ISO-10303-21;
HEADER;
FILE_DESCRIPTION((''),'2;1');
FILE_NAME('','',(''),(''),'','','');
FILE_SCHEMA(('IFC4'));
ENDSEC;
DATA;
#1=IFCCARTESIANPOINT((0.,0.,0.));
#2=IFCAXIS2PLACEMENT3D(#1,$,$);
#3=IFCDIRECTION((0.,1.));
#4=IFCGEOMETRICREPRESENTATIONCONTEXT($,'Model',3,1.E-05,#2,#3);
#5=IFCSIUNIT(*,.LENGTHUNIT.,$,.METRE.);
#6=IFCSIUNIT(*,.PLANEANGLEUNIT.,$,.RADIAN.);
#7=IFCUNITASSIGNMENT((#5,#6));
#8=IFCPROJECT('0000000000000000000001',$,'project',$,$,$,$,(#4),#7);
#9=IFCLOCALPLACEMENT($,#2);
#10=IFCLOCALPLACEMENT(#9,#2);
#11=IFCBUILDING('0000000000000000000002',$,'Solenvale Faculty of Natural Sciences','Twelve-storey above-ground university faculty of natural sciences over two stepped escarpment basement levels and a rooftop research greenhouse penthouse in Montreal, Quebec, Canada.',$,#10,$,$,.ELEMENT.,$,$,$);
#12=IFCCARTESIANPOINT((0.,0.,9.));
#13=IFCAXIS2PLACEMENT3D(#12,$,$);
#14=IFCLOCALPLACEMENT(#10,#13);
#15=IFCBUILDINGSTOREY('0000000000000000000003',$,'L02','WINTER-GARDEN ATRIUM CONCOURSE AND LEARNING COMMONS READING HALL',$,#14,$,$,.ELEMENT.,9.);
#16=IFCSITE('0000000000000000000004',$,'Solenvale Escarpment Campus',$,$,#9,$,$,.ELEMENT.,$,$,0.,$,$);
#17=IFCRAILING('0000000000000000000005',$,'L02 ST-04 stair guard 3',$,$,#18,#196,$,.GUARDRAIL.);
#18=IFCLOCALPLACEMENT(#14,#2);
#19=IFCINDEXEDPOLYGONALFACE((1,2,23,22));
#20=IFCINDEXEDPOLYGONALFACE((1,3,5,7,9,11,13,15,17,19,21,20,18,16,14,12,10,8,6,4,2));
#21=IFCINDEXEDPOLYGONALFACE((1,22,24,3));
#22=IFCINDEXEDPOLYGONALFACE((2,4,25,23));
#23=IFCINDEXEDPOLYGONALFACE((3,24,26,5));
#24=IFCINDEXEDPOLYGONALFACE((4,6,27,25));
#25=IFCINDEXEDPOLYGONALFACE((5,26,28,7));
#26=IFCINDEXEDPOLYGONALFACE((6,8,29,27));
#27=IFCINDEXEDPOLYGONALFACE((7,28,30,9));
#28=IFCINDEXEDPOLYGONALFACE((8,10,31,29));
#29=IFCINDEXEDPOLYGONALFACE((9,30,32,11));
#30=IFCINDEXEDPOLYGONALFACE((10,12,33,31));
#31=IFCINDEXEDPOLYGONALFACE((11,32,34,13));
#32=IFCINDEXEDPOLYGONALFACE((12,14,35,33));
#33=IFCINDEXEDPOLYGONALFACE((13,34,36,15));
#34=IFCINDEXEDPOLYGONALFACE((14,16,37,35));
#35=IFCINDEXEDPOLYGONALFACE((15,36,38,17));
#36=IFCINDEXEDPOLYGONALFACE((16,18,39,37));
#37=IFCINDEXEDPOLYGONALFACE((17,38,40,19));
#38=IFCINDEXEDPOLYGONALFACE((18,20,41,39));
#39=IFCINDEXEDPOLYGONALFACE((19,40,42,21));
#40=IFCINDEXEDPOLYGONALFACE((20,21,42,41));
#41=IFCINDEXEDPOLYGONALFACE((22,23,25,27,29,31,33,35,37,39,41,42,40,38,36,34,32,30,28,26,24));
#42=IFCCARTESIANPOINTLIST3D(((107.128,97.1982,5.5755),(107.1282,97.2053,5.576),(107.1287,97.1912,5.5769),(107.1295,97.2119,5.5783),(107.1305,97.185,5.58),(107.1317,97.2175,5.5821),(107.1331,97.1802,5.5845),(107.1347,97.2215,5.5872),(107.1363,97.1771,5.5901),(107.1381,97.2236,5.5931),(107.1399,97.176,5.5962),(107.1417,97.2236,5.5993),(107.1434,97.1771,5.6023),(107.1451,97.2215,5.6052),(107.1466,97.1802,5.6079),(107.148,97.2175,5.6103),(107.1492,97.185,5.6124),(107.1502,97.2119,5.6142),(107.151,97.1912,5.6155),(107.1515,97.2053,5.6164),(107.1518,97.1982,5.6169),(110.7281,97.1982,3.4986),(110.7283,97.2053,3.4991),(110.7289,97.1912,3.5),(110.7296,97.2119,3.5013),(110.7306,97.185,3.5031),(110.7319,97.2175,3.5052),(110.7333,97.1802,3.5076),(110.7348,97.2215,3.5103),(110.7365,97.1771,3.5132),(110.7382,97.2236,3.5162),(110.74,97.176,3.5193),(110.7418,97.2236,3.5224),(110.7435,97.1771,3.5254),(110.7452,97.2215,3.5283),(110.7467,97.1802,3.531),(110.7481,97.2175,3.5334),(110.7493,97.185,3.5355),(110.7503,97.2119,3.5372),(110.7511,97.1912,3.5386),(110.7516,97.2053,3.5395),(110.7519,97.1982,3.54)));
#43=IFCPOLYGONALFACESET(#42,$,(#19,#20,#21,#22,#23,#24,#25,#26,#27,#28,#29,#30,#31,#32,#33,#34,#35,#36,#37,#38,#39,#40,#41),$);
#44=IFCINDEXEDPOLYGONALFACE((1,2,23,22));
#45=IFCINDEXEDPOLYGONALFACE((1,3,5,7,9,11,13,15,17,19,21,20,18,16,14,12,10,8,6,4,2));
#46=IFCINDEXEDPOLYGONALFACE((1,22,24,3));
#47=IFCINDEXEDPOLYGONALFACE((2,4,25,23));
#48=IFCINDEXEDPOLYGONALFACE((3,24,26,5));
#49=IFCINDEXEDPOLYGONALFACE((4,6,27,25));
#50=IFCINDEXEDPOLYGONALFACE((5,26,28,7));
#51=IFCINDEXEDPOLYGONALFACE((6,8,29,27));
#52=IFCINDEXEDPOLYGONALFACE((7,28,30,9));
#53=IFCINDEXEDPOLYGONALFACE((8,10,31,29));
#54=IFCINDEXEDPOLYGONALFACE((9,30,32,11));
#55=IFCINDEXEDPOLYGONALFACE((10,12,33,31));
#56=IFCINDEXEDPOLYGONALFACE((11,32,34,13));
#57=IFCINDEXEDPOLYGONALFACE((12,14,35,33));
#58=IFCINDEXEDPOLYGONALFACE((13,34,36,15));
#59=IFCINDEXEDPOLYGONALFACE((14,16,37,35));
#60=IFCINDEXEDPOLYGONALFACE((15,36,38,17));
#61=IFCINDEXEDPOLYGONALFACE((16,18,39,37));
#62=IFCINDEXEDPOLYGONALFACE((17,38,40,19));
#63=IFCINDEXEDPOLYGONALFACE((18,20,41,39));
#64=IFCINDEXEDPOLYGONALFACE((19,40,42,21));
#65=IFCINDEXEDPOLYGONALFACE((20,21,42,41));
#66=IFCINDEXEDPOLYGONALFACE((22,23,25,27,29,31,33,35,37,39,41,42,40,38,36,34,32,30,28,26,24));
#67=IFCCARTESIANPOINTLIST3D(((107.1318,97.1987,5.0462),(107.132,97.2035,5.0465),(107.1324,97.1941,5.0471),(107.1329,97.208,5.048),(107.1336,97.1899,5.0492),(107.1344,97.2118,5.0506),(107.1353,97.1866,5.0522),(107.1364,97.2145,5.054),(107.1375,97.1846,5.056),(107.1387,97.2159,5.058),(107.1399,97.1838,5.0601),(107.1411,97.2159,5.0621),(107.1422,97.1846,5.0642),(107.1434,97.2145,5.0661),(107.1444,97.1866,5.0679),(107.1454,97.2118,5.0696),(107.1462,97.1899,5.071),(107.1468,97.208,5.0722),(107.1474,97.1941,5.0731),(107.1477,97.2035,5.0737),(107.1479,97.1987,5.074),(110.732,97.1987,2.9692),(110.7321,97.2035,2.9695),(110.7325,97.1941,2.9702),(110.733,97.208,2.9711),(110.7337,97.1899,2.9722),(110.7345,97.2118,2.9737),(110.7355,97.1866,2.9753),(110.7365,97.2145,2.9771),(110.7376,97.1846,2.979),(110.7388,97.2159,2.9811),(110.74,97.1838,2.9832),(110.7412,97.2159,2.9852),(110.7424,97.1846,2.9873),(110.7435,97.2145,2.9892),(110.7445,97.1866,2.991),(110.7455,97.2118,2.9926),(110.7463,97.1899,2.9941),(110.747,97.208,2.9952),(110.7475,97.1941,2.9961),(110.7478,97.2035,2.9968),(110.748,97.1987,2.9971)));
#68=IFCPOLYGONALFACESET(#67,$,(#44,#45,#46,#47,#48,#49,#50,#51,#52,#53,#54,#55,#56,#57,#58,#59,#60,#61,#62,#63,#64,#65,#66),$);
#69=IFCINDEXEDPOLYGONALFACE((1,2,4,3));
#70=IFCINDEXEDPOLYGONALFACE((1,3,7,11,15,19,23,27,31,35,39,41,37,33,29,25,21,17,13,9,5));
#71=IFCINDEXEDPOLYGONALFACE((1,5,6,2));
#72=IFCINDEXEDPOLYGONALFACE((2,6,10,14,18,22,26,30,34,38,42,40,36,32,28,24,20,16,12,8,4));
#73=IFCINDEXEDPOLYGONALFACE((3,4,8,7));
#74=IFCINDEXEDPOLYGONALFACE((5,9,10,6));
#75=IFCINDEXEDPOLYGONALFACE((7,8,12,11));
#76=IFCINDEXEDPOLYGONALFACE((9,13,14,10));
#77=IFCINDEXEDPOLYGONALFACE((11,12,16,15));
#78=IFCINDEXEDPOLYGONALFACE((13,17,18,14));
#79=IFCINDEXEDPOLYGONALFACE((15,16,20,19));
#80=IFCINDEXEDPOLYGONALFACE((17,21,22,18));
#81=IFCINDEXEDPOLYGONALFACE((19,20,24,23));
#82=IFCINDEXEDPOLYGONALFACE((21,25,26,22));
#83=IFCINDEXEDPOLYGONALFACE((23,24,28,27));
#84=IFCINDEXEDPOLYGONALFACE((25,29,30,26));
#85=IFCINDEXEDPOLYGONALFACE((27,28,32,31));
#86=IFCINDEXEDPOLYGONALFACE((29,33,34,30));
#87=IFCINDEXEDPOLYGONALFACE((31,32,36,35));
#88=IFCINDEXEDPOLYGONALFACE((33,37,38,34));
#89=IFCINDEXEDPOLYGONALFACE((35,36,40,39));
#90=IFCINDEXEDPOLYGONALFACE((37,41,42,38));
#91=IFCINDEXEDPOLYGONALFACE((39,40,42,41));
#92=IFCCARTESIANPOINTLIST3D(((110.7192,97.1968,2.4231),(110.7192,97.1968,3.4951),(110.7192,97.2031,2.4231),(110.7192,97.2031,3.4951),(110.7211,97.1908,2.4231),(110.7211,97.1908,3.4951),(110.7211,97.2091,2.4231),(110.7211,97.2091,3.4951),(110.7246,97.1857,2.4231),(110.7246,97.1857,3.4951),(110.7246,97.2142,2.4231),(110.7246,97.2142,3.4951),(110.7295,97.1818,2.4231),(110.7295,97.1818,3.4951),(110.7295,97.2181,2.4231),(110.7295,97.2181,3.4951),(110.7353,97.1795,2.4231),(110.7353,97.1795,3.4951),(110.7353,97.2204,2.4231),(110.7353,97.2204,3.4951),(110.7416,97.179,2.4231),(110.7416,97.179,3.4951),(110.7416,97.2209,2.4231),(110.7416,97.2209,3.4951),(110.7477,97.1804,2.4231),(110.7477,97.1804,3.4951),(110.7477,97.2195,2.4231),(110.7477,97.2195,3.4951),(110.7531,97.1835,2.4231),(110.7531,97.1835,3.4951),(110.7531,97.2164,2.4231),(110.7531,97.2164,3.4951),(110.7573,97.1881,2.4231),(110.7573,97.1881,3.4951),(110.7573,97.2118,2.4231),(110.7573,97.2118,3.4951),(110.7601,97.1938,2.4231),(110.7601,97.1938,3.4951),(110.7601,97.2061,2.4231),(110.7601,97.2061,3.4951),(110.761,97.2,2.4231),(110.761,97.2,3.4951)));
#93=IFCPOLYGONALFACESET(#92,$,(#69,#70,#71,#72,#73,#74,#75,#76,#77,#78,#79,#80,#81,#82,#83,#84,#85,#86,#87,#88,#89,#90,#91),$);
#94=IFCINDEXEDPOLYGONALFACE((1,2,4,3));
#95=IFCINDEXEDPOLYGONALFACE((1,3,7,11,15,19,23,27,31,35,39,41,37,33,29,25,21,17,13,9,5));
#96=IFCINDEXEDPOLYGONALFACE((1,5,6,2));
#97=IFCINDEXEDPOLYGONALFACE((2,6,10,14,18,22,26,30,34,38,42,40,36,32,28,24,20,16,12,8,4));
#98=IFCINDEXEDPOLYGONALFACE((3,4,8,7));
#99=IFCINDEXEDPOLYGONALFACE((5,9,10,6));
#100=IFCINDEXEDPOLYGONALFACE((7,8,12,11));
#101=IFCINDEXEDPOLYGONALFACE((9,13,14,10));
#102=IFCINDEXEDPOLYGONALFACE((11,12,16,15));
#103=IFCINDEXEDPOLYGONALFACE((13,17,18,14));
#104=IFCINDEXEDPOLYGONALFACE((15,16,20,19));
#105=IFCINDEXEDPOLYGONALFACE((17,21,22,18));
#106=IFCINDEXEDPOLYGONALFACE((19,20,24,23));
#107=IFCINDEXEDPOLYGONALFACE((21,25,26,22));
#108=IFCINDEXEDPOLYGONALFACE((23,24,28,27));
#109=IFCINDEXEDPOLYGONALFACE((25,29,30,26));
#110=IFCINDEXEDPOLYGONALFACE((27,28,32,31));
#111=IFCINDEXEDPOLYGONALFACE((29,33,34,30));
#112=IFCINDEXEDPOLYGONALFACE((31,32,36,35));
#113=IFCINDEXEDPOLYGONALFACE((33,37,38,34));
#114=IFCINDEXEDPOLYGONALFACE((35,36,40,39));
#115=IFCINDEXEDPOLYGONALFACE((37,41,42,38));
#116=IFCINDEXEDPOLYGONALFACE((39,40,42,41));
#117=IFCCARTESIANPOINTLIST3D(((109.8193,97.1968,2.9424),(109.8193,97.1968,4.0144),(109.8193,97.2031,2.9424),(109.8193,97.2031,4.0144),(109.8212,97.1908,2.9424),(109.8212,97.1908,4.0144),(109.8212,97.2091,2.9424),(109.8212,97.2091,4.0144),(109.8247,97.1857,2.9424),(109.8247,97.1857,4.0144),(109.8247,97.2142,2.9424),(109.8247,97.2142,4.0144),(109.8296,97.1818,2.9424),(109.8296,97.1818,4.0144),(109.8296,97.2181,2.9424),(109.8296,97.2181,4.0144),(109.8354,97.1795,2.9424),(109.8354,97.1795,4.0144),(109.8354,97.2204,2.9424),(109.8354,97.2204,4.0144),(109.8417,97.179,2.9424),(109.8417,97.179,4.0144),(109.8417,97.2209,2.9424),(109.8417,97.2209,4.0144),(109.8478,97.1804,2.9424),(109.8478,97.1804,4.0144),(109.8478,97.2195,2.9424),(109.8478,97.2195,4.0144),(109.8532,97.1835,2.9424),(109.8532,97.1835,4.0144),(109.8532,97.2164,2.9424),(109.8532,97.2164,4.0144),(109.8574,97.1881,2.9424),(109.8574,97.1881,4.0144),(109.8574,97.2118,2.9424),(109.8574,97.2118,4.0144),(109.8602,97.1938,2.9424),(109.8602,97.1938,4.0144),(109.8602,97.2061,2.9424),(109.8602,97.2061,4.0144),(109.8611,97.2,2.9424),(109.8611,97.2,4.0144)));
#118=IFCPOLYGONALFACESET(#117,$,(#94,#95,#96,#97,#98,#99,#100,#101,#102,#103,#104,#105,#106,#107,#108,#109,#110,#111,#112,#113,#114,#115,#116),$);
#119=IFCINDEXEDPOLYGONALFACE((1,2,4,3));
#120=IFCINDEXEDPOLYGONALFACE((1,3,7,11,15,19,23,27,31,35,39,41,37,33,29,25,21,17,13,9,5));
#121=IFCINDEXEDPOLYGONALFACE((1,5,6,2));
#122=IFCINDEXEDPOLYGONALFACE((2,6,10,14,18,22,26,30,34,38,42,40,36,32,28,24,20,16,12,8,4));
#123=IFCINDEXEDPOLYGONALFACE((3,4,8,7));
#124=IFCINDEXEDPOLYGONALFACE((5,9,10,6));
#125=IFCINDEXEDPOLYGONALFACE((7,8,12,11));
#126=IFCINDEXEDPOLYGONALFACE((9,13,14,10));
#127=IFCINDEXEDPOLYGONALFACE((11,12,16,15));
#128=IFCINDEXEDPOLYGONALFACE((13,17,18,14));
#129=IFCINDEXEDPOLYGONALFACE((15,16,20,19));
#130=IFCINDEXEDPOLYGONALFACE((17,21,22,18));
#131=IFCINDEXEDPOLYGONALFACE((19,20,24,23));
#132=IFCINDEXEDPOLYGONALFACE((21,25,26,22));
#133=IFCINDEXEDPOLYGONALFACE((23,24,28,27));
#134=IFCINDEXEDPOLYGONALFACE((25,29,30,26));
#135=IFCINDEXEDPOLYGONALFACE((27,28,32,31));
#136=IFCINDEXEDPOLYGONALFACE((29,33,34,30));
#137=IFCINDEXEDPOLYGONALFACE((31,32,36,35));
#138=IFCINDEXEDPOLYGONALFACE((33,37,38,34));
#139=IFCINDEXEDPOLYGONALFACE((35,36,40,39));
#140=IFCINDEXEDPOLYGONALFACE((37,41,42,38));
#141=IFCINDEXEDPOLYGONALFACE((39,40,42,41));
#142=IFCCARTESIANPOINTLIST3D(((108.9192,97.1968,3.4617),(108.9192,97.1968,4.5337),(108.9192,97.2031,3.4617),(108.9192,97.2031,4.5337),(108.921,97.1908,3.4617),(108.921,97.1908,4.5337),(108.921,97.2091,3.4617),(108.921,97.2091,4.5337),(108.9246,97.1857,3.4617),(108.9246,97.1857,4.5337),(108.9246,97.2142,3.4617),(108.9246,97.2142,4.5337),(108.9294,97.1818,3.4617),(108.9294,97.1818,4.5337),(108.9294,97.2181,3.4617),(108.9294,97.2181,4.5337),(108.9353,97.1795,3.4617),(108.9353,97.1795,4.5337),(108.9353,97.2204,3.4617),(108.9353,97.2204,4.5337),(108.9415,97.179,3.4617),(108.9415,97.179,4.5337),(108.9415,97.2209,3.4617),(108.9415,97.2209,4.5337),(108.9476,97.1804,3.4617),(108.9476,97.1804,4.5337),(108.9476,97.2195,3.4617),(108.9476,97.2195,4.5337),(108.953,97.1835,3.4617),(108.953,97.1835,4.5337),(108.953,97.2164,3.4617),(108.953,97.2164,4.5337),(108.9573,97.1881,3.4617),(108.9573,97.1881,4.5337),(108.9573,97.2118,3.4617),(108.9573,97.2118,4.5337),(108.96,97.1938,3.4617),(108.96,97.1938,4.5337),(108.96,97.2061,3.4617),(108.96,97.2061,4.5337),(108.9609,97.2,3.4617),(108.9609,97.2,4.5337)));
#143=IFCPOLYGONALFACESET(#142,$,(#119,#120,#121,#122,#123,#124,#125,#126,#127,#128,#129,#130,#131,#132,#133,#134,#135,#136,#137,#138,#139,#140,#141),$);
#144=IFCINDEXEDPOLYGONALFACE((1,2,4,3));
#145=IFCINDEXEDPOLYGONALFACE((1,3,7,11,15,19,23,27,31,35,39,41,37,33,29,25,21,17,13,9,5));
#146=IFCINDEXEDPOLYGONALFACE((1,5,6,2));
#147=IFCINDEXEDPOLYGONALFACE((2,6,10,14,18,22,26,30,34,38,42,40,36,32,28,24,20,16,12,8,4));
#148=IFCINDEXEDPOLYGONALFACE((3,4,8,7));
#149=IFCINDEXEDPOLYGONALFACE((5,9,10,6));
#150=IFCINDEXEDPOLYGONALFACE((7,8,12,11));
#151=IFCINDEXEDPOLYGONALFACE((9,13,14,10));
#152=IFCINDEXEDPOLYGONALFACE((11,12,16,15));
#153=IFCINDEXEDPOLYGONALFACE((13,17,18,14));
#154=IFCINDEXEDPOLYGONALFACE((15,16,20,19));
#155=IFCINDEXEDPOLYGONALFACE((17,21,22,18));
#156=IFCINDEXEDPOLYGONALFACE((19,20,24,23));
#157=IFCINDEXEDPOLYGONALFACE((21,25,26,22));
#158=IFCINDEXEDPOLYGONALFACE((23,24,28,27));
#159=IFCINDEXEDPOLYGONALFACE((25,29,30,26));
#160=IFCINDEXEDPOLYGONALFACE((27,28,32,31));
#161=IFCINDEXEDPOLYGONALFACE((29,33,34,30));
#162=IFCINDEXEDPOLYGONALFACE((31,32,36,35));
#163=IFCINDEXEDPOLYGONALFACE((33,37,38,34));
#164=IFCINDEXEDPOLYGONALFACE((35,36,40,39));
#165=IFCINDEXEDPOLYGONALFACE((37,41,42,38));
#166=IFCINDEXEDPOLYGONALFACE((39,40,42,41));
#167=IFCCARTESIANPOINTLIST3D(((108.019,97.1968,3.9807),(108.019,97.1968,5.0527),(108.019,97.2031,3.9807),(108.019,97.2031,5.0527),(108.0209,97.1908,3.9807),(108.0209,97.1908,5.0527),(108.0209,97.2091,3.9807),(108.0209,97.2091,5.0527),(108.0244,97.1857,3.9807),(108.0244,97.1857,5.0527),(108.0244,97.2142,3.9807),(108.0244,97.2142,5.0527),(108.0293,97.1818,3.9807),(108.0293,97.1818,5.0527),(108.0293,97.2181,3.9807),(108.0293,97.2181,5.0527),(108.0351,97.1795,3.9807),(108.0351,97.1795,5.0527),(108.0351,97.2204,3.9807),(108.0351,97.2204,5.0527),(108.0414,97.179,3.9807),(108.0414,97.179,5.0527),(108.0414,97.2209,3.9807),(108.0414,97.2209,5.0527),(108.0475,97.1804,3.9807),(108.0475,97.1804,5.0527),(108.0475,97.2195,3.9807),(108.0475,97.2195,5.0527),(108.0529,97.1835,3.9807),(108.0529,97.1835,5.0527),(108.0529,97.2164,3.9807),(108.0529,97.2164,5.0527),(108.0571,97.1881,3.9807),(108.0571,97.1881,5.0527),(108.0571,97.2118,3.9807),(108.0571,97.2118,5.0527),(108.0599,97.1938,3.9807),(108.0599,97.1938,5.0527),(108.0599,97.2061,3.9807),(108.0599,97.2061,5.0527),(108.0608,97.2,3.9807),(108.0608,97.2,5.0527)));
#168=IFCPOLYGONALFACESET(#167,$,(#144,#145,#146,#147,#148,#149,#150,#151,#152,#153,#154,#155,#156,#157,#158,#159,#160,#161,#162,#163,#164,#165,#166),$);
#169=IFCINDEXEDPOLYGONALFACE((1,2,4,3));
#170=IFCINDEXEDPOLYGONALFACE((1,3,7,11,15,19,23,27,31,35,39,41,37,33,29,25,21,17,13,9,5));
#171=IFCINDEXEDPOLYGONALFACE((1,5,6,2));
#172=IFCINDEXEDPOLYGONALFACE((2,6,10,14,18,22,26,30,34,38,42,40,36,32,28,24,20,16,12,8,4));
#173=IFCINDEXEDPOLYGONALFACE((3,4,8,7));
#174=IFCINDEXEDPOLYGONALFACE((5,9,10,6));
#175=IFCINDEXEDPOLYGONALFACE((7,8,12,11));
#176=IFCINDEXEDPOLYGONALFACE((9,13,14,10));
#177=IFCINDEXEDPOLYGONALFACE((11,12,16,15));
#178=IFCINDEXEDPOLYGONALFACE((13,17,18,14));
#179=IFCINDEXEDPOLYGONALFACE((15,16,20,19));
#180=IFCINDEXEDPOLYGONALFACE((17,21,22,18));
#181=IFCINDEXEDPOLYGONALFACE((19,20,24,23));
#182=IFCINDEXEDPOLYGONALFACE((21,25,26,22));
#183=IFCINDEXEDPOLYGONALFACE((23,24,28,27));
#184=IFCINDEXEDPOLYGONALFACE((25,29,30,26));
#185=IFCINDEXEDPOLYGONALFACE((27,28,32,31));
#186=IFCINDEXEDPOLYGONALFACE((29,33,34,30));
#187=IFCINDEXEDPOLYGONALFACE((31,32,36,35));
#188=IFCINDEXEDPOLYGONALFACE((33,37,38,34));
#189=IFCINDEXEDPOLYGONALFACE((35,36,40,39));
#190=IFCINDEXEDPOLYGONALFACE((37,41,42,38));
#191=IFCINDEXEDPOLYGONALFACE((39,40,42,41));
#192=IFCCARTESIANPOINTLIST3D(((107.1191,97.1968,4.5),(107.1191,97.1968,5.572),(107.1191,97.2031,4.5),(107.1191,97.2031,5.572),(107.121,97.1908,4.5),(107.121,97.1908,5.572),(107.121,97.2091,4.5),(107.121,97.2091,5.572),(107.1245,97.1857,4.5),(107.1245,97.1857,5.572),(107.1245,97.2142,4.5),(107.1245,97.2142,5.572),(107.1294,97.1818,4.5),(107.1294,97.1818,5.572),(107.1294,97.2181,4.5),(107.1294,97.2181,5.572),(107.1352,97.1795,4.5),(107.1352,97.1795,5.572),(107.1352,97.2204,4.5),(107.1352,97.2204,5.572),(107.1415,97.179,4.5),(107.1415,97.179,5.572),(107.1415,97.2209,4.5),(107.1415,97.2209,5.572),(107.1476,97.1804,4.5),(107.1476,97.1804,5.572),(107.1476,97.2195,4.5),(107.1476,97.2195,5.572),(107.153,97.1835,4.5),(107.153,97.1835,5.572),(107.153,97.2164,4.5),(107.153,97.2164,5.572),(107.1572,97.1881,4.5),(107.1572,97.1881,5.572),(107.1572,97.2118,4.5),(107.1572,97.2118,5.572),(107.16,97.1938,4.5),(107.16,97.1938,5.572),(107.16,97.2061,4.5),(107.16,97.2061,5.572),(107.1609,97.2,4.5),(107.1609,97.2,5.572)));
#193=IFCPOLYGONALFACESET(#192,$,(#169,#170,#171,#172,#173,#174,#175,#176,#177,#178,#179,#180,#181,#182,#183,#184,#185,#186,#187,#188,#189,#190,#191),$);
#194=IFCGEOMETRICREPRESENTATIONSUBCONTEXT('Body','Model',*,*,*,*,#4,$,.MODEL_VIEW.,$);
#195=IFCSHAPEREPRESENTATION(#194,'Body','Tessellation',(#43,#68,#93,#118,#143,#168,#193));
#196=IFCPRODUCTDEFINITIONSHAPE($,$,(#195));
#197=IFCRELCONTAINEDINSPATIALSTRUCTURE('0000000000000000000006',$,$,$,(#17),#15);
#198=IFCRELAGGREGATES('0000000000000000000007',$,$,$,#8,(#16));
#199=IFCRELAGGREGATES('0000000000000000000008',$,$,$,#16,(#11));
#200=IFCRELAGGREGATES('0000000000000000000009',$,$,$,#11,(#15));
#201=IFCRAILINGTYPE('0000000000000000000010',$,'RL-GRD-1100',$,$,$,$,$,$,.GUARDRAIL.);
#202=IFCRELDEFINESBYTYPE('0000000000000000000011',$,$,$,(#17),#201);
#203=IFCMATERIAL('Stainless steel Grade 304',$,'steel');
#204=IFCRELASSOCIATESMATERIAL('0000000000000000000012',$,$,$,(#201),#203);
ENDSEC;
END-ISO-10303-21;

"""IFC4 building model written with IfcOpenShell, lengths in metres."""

from ifc_helpers import new_model, si_unit, direction, frame, origin, origin_2d, place, context, subcontext, project, spatial, circle, extrude, material, type_object, element, save


model = new_model("IFC4")

# Units and contexts
model_context = context("Model", 3, precision=1e-05, world=origin(), true_north=direction((0.0, 1.0)))
body_context = subcontext(model_context, "Body", "Model", "MODEL_VIEW")
ifc_project = project(units=[si_unit("LENGTHUNIT", "METRE"), si_unit("PLANEANGLEUNIT", "RADIAN")], contexts=[model_context])

# Site, building, storey
site_placement = place(None, origin())
site = spatial("IfcSite", under=ifc_project, at=site_placement, Name="Solenvale Escarpment Campus", CompositionType="ELEMENT", RefElevation=0.0)
building_placement = place(site_placement, origin())
building = spatial("IfcBuilding", under=site, at=building_placement, Name="Solenvale Faculty of Natural Sciences", Description="Twelve-storey above-ground university faculty of natural sciences over two stepped escarpment basement levels and a rooftop research greenhouse penthouse in Montreal, Quebec, Canada.", CompositionType="ELEMENT")
storey_placement = place(building_placement, frame((0.0, 0.0, 9.0)))
storey = spatial("IfcBuildingStorey", under=building, at=storey_placement, Name="L02", Description="WINTER-GARDEN ATRIUM CONCOURSE AND LEARNING COMMONS READING HALL", CompositionType="ELEMENT", Elevation=9.0)

# Railing
ifc_material_1 = material(Name="Stainless steel Grade 304", Category="steel")
railing_type_1 = type_object("IfcRailingType", Name="RL-GRD-1100", PredefinedType="GUARDRAIL", material=ifc_material_1)
railing_1_placement = place(storey_placement, frame((110.74, 97.2, 2.4231)))
element("IfcRailing", 1, at=railing_1_placement, inside=storey, type_object=railing_type_1, Name="L02 ST-04 stair guard 3", PredefinedType="GUARDRAIL", context=body_context, shape_type="SweptSolid", body=[
    extrude(circle(Radius=0.0239, at=origin_2d()), frame((0.0, 0.0, 1.0962), z_axis=(-0.866193, 0.0, 0.499709), x_axis=(0.0, -1.0, 0.0)), (0.0, 0.0, 1.0), 4.1562),
    extrude(circle(Radius=0.0161, at=origin_2d()), frame((0.0, 0.0, 0.5601), z_axis=(-0.866193, 0.0, 0.499709), x_axis=(0.0, -1.0, 0.0)), (0.0, 0.0, 1.0), 4.1562),
    extrude(circle(Radius=0.021, at=origin_2d()), origin(), (0.0, 0.0, 1.0), 1.072),
    extrude(circle(Radius=0.021, at=origin_2d()), frame((-0.8999, 0.0, 0.5193)), (0.0, 0.0, 1.0), 1.072),
    extrude(circle(Radius=0.021, at=origin_2d()), frame((-1.8, 0.0, 1.0386)), (0.0, 0.0, 1.0), 1.072),
    extrude(circle(Radius=0.021, at=origin_2d()), frame((-2.7002, 0.0, 1.5576)), (0.0, 0.0, 1.0), 1.072),
    extrude(circle(Radius=0.021, at=origin_2d()), frame((-3.6001, 0.0, 2.0769)), (0.0, 0.0, 1.0), 1.072),
])

save(model, "model.ifc")
